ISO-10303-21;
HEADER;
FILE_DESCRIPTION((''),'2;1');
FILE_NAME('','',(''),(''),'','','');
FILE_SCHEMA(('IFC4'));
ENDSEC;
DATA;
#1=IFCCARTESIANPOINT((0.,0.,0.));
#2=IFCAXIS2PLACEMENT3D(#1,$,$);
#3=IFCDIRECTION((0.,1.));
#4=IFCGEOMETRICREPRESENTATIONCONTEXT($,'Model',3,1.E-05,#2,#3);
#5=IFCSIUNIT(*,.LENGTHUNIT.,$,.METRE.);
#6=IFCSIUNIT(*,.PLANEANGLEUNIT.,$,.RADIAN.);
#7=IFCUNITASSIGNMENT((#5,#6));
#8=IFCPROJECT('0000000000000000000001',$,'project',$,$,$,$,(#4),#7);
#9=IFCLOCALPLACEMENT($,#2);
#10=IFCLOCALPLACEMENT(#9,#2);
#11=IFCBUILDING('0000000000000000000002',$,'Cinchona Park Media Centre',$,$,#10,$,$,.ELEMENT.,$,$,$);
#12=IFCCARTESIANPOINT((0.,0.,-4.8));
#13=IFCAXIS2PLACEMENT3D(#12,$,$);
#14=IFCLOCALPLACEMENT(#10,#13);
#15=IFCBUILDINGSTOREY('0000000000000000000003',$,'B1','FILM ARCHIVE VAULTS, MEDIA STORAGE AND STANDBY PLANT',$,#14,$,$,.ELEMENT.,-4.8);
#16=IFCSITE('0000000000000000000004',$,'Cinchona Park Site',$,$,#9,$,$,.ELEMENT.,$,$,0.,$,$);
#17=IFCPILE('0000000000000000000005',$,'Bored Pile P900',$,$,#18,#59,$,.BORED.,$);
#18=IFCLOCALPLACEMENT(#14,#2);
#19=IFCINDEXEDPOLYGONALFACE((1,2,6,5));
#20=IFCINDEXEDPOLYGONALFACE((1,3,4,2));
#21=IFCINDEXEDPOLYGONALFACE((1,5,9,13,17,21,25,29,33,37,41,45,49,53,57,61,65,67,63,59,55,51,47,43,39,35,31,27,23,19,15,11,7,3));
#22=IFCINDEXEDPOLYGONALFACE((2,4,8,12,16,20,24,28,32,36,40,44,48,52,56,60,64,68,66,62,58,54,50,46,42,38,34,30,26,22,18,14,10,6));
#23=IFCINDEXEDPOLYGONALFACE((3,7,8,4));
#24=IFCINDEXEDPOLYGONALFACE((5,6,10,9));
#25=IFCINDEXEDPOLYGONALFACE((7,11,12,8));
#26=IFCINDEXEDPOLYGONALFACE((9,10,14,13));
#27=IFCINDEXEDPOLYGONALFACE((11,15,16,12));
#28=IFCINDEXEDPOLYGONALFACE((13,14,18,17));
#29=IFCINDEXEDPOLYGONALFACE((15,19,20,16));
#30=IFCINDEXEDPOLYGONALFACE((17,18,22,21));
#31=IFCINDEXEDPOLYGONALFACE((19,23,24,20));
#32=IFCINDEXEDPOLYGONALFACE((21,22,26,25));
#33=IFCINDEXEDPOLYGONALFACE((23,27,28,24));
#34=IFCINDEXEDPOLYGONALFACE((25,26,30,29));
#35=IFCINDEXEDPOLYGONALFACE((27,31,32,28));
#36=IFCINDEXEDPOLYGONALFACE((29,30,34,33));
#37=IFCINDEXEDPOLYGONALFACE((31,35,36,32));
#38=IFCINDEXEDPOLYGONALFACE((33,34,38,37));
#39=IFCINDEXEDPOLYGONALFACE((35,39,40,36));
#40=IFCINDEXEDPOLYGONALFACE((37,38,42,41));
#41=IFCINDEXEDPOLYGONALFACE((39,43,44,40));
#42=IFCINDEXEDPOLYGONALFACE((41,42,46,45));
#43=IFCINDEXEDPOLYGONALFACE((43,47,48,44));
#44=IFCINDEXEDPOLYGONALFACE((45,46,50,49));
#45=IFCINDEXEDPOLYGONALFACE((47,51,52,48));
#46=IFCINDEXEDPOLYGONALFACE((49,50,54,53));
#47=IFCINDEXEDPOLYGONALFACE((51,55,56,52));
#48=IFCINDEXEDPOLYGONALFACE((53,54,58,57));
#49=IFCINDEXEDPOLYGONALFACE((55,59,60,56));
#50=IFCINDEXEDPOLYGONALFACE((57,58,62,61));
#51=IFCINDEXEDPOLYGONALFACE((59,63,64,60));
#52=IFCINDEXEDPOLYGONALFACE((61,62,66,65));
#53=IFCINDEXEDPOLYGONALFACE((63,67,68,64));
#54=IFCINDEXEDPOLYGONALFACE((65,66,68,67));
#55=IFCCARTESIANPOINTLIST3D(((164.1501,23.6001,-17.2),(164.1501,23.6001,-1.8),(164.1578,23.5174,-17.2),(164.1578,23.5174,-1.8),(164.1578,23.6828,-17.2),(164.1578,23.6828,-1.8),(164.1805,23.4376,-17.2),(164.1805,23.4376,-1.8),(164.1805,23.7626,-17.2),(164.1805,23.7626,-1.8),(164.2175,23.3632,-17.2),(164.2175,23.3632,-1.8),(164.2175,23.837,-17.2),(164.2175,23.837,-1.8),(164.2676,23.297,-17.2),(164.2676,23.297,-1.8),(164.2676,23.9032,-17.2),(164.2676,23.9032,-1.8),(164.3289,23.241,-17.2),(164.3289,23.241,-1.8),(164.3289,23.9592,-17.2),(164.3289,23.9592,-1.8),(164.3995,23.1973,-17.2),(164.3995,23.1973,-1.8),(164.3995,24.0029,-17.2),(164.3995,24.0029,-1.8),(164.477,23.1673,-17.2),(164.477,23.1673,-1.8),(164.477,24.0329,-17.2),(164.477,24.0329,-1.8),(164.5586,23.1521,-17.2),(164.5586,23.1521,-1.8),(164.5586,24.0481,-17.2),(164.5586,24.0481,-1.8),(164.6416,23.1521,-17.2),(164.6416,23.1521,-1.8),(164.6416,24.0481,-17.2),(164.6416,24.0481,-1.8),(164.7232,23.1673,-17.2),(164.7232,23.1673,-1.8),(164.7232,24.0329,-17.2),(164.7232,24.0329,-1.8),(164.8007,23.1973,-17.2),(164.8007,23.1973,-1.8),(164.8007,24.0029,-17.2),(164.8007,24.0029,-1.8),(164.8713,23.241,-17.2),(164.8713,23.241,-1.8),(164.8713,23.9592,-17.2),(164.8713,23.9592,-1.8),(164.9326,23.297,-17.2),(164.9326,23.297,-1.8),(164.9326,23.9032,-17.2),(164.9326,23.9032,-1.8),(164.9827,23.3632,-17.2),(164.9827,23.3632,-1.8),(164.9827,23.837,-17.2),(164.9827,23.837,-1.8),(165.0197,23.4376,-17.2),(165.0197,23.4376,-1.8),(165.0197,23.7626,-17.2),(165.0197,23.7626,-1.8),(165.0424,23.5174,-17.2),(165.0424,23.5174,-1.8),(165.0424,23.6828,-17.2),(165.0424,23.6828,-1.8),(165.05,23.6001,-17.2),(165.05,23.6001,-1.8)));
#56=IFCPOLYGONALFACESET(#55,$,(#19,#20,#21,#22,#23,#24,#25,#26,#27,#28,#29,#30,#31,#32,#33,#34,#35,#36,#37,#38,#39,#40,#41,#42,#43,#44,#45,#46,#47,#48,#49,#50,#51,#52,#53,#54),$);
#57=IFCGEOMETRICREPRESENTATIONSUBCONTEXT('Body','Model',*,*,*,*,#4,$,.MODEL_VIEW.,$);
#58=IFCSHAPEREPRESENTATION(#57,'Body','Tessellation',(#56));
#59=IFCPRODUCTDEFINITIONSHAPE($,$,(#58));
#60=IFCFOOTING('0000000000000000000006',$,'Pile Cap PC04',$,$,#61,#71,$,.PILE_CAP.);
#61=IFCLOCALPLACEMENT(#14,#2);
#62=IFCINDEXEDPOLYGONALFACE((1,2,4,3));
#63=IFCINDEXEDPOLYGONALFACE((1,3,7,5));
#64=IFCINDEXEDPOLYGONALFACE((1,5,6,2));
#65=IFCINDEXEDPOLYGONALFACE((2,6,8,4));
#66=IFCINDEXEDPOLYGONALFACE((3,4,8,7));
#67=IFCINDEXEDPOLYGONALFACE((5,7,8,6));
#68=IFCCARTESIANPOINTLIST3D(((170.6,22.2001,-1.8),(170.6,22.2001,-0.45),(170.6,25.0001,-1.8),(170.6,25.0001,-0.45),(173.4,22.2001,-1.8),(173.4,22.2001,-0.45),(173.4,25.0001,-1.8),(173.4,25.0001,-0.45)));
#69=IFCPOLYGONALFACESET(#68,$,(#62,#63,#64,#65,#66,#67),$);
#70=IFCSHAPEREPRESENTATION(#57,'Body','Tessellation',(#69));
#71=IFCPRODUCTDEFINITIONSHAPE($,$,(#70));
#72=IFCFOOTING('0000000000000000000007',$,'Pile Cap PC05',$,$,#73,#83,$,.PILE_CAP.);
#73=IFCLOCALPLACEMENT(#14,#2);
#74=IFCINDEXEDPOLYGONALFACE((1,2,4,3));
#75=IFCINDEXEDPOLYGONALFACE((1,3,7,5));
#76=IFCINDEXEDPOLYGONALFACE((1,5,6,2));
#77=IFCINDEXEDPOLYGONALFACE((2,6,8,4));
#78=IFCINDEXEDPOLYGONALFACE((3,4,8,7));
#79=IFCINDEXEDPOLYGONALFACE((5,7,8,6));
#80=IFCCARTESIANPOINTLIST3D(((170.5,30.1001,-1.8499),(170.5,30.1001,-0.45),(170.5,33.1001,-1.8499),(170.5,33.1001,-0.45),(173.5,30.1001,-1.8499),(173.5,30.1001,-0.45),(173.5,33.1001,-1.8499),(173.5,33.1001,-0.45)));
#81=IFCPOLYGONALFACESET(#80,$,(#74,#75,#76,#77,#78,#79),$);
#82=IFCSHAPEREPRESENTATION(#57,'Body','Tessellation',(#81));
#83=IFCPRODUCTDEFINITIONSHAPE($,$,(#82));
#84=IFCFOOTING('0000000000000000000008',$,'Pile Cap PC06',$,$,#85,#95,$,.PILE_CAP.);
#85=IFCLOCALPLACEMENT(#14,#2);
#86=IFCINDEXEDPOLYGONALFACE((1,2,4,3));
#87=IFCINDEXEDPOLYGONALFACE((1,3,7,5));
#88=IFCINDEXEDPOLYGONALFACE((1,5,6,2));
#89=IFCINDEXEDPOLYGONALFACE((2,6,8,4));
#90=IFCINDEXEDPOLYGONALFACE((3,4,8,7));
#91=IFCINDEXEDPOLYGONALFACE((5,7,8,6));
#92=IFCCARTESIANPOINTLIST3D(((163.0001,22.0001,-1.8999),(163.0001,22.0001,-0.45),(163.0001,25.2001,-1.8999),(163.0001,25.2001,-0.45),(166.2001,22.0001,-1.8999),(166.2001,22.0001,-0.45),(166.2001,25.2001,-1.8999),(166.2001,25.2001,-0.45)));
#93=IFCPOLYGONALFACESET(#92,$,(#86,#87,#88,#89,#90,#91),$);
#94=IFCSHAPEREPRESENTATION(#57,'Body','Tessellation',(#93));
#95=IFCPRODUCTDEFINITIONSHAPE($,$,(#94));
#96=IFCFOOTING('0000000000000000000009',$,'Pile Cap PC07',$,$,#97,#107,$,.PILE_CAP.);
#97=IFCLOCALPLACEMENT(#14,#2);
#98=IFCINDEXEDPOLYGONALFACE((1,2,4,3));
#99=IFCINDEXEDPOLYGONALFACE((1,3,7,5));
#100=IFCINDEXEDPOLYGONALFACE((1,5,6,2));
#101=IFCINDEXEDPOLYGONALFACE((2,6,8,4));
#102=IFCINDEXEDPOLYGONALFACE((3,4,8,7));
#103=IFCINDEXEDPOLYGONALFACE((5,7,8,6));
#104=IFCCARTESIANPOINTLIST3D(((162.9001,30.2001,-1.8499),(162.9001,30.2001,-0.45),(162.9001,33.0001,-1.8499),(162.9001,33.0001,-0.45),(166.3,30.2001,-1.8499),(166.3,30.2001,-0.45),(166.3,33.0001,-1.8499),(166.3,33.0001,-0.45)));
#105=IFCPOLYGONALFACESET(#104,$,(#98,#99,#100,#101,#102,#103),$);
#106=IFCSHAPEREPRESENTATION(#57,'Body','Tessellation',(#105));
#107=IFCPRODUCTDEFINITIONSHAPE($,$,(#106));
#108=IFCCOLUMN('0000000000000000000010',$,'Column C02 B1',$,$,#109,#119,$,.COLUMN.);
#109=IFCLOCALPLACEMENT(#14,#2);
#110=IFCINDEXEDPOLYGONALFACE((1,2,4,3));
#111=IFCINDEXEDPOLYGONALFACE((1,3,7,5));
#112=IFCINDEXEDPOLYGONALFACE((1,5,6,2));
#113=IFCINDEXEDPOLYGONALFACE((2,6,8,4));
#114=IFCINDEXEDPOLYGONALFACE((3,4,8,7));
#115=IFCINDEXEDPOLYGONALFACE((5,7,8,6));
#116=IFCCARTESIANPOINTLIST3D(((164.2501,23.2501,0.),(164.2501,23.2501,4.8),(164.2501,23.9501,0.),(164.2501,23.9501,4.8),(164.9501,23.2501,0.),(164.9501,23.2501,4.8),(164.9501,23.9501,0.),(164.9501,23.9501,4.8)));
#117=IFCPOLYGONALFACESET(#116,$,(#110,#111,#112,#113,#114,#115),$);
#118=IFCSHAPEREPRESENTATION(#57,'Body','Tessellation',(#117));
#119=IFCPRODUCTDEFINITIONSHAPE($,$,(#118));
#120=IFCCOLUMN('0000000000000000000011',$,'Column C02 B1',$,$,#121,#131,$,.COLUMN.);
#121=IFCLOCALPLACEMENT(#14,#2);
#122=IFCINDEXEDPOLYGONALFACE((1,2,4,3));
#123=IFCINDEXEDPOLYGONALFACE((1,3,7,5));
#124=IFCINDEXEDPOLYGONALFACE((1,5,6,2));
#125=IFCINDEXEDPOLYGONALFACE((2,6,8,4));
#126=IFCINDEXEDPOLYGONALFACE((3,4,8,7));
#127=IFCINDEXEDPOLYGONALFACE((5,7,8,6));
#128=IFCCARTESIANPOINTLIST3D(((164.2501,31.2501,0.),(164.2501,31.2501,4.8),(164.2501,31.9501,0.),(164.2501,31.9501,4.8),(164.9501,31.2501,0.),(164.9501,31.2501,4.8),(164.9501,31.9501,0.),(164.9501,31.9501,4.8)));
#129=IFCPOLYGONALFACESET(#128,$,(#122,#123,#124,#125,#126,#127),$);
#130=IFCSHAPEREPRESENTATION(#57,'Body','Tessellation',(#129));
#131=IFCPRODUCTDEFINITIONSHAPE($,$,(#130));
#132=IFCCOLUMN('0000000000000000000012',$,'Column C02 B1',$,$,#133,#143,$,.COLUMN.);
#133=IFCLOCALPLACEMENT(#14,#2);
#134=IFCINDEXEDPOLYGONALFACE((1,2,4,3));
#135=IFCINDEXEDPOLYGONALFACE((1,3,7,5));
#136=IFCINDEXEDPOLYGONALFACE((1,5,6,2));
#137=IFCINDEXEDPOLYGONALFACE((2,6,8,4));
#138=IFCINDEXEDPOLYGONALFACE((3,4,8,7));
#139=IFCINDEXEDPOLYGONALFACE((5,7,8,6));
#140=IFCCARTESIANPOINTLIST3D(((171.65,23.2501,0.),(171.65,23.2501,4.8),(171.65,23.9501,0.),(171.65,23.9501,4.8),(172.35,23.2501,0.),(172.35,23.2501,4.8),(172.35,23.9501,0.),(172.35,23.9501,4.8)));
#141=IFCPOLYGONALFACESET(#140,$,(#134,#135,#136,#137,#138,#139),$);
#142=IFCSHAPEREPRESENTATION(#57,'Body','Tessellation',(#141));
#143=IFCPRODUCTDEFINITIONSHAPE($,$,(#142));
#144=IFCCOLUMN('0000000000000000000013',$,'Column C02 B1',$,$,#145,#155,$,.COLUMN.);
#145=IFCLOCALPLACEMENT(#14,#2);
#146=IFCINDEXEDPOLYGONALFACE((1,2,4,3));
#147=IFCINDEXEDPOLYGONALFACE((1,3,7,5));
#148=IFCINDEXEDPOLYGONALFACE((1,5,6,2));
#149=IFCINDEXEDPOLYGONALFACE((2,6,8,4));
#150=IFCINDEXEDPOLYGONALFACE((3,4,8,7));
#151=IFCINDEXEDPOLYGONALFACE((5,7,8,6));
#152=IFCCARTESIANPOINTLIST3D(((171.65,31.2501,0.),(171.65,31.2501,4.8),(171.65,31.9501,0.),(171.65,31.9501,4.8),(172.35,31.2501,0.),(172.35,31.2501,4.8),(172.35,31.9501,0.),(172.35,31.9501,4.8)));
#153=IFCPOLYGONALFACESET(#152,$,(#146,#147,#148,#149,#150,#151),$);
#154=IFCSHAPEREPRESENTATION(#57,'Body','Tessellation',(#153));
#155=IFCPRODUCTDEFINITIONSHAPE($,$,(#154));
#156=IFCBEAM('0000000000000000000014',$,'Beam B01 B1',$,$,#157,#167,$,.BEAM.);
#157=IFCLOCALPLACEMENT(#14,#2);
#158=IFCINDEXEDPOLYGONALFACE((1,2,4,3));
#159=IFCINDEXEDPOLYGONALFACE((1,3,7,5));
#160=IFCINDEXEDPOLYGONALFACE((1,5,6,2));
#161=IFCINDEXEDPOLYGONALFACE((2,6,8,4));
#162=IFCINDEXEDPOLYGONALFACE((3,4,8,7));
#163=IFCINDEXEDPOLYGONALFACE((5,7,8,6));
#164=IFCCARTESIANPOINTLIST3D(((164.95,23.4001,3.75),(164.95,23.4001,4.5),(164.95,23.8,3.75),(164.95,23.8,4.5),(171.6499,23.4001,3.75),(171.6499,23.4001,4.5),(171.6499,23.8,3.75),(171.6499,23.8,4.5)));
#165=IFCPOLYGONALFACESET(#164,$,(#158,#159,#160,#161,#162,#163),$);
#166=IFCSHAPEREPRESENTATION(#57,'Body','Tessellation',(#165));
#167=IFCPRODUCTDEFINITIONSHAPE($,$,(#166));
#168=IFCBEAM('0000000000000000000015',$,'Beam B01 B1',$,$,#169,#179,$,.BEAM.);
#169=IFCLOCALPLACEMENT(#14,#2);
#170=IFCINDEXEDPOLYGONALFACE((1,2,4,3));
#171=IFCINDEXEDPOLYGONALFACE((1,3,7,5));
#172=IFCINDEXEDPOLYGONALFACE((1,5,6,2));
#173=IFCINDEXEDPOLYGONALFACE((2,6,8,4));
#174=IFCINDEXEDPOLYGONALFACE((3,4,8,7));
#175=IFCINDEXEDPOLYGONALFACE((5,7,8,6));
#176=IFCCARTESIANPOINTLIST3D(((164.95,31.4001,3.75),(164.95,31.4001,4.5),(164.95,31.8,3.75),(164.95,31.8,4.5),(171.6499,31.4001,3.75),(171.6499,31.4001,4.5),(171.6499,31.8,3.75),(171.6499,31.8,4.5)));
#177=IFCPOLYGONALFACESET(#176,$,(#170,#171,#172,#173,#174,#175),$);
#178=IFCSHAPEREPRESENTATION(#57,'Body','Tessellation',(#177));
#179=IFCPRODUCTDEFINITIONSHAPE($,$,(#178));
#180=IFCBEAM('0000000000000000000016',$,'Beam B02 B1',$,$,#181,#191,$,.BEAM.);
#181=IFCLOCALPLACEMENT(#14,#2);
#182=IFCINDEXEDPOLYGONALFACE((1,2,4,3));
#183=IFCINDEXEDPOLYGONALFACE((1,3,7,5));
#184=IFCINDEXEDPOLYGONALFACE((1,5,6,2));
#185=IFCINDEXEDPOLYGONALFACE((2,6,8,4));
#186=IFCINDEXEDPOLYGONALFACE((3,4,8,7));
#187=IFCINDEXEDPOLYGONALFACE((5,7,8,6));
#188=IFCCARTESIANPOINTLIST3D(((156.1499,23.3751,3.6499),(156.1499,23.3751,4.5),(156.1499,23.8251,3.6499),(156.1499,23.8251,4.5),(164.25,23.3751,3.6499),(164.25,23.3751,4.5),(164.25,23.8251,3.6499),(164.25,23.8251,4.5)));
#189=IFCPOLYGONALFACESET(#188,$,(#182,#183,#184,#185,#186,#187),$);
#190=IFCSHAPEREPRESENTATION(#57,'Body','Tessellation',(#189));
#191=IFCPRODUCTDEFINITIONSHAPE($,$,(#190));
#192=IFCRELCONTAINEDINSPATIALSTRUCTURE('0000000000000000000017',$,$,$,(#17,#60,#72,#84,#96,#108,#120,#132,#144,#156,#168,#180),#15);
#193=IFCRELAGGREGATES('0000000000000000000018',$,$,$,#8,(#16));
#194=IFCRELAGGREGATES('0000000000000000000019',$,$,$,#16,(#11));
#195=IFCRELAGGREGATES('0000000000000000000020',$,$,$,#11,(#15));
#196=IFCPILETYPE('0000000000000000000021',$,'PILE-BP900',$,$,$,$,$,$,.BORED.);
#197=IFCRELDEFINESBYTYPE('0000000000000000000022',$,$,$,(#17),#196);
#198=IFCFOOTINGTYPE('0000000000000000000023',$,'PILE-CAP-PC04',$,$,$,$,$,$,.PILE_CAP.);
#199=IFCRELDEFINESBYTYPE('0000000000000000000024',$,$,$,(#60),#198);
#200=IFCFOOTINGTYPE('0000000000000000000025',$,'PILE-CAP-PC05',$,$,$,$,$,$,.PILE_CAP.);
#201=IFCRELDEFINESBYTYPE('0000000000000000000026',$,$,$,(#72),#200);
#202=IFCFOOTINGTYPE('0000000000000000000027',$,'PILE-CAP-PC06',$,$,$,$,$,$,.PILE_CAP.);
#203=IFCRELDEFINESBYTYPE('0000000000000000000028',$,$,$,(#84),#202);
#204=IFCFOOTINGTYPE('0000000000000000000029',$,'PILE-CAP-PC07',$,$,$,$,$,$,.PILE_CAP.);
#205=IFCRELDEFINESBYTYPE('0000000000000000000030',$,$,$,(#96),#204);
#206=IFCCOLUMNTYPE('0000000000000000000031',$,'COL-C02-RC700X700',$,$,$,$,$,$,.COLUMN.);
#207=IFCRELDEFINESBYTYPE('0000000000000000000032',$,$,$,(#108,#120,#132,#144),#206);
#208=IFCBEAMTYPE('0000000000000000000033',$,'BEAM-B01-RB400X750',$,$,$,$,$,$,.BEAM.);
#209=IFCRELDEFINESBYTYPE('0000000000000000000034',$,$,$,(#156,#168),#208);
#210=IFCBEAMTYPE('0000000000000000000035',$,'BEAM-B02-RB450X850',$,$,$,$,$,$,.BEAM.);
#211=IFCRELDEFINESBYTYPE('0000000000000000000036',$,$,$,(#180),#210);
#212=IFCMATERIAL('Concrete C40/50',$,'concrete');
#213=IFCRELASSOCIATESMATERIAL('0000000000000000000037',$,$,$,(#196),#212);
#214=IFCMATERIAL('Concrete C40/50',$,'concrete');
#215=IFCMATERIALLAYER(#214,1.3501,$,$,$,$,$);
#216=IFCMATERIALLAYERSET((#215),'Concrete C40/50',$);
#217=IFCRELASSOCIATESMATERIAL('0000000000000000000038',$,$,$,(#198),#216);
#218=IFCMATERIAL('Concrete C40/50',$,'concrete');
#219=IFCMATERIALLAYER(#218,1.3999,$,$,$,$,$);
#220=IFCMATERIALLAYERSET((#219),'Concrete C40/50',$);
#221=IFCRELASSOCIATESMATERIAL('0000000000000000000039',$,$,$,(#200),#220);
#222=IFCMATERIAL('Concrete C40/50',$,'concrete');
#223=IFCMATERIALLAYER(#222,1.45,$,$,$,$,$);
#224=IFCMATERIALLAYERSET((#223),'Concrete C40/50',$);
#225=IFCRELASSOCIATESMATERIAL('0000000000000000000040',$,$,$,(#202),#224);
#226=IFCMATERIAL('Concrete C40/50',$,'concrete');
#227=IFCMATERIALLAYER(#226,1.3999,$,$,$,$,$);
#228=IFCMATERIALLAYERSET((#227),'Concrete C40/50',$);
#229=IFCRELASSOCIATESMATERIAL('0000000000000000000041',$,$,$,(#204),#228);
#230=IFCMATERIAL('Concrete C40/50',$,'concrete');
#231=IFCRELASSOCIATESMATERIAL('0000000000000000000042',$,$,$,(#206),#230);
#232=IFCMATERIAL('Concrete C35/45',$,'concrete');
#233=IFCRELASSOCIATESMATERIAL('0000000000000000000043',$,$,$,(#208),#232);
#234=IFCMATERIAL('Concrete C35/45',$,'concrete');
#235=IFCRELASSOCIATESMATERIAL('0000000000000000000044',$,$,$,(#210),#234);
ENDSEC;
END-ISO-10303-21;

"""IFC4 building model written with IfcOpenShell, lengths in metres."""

from ifc_helpers import new_model, si_unit, direction, frame, origin, origin_2d, place, context, subcontext, project, spatial, rectangle, circle, extrude, material, layer, layer_set, material_profile, profile_set, type_object, element, save


model = new_model("IFC4")

# Units and contexts
model_context = context("Model", 3, precision=1e-05, world=origin(), true_north=direction((0.0, 1.0)))
body_context = subcontext(model_context, "Body", "Model", "MODEL_VIEW")
ifc_project = project(units=[si_unit("LENGTHUNIT", "METRE"), si_unit("PLANEANGLEUNIT", "RADIAN")], contexts=[model_context])

# Site, building, storey
site_placement = place(None, origin())
site = spatial("IfcSite", under=ifc_project, at=site_placement, Name="Cinchona Park Site", CompositionType="ELEMENT", RefElevation=0.0)
building_placement = place(site_placement, origin())
building = spatial("IfcBuilding", under=site, at=building_placement, Name="Cinchona Park Media Centre", CompositionType="ELEMENT")
storey_placement = place(building_placement, frame((0.0, 0.0, -4.8)))
storey = spatial("IfcBuildingStorey", under=building, at=storey_placement, Name="B1", Description="FILM ARCHIVE VAULTS, MEDIA STORAGE AND STANDBY PLANT", CompositionType="ELEMENT", Elevation=-4.8)

# Pile
ifc_material_1 = material(Name="Concrete C40/50", Category="concrete")
ifc_material_profile_1 = material_profile(ifc_material_1, circle(Radius=0.45, at=origin_2d()), Name="BORED PILE 900")
ifc_profile_set_1 = profile_set([ifc_material_profile_1], Name="Concrete C40/50")
pile_type_1 = type_object("IfcPileType", Name="PILE-BP900", PredefinedType="BORED", material=ifc_profile_set_1)
pile_1_placement = place(storey_placement, frame((164.6001, 23.6001, -1.8), z_axis=(0.0, 0.0, -1.0), x_axis=(1.0, 0.0, 0.0)))
element("IfcPile", 1, at=pile_1_placement, inside=storey, type_object=pile_type_1, Name="Bored Pile P900", PredefinedType="BORED", context=body_context, shape_type="SweptSolid", body=[
    extrude(circle(Radius=0.45, at=origin_2d()), origin(), (0.0, 0.0, 1.0), 15.3999),
])

# Footings
ifc_material_2 = material(Name="Concrete C40/50", Category="concrete")
ifc_layer_1 = layer(ifc_material_2, 1.3501)
ifc_layer_set_1 = layer_set([ifc_layer_1], Name="Concrete C40/50")
footing_type_1 = type_object("IfcFootingType", Name="PILE-CAP-PC04", PredefinedType="PILE_CAP", material=ifc_layer_set_1)
footing_1_placement = place(storey_placement, frame((172.0, 23.6001, -1.8), z_axis=(0.0, 0.0, 1.0), x_axis=(1.0, 0.0, 0.0)))
element("IfcFooting", 2, at=footing_1_placement, inside=storey, type_object=footing_type_1, Name="Pile Cap PC04", PredefinedType="PILE_CAP", context=body_context, shape_type="SweptSolid", body=[
    extrude(rectangle(XDim=2.8, YDim=2.8, at=origin_2d()), origin(), (0.0, 0.0, 1.0), 1.3501),
])
ifc_material_3 = material(Name="Concrete C40/50", Category="concrete")
ifc_layer_2 = layer(ifc_material_3, 1.3999)
ifc_layer_set_2 = layer_set([ifc_layer_2], Name="Concrete C40/50")
footing_type_2 = type_object("IfcFootingType", Name="PILE-CAP-PC05", PredefinedType="PILE_CAP", material=ifc_layer_set_2)
footing_2_placement = place(storey_placement, frame((172.0, 31.6001, -1.8499), z_axis=(0.0, 0.0, 1.0), x_axis=(1.0, 0.0, 0.0)))
element("IfcFooting", 3, at=footing_2_placement, inside=storey, type_object=footing_type_2, Name="Pile Cap PC05", PredefinedType="PILE_CAP", context=body_context, shape_type="SweptSolid", body=[
    extrude(rectangle(XDim=3.0, YDim=3.0, at=origin_2d()), origin(), (0.0, 0.0, 1.0), 1.3999),
])
ifc_material_4 = material(Name="Concrete C40/50", Category="concrete")
ifc_layer_3 = layer(ifc_material_4, 1.45)
ifc_layer_set_3 = layer_set([ifc_layer_3], Name="Concrete C40/50")
footing_type_3 = type_object("IfcFootingType", Name="PILE-CAP-PC06", PredefinedType="PILE_CAP", material=ifc_layer_set_3)
footing_3_placement = place(storey_placement, frame((164.6001, 23.6001, -1.8999), z_axis=(0.0, 0.0, 1.0), x_axis=(1.0, 0.0, 0.0)))
element("IfcFooting", 4, at=footing_3_placement, inside=storey, type_object=footing_type_3, Name="Pile Cap PC06", PredefinedType="PILE_CAP", context=body_context, shape_type="SweptSolid", body=[
    extrude(rectangle(XDim=3.2, YDim=3.2, at=origin_2d()), origin(), (0.0, 0.0, 1.0), 1.45),
])
ifc_material_5 = material(Name="Concrete C40/50", Category="concrete")
ifc_layer_4 = layer(ifc_material_5, 1.3999)
ifc_layer_set_4 = layer_set([ifc_layer_4], Name="Concrete C40/50")
footing_type_4 = type_object("IfcFootingType", Name="PILE-CAP-PC07", PredefinedType="PILE_CAP", material=ifc_layer_set_4)
footing_4_placement = place(storey_placement, frame((164.6001, 31.6001, -1.8499), z_axis=(0.0, 0.0, 1.0), x_axis=(1.0, 0.0, 0.0)))
element("IfcFooting", 5, at=footing_4_placement, inside=storey, type_object=footing_type_4, Name="Pile Cap PC07", PredefinedType="PILE_CAP", context=body_context, shape_type="SweptSolid", body=[
    extrude(rectangle(XDim=3.3999, YDim=2.8, at=origin_2d()), origin(), (0.0, 0.0, 1.0), 1.3999),
])

# Columns
ifc_material_6 = material(Name="Concrete C40/50", Category="concrete")
ifc_material_profile_2 = material_profile(ifc_material_6, rectangle(XDim=0.7, YDim=0.7, at=origin_2d()), Name="RC 700X700")
ifc_profile_set_2 = profile_set([ifc_material_profile_2], Name="Concrete C40/50")
column_type = type_object("IfcColumnType", Name="COL-C02-RC700X700", PredefinedType="COLUMN", material=ifc_profile_set_2)
for number, where, z_axis, x_axis, name in (
    (6, (164.6001, 23.6001, 0.0), (0.0, 0.0, 1.0), (1.0, 0.0, 0.0), "Column C02 B1"),
    (7, (164.6001, 31.6001, 0.0), (0.0, 0.0, 1.0), (1.0, 0.0, 0.0), "Column C02 B1"),
    (8, (172.0, 23.6001, 0.0), (0.0, 0.0, 1.0), (1.0, 0.0, 0.0), "Column C02 B1"),
    (9, (172.0, 31.6001, 0.0), (0.0, 0.0, 1.0), (1.0, 0.0, 0.0), "Column C02 B1"),
):
    element("IfcColumn", number, at=place(storey_placement, frame(where, z_axis=z_axis, x_axis=x_axis)), inside=storey, type_object=column_type, Name=name, PredefinedType="COLUMN", context=body_context, shape_type="SweptSolid", body=[
        extrude(rectangle(XDim=0.7, YDim=0.7, at=origin_2d()), origin(), (0.0, 0.0, 1.0), 4.8),
    ])

# Beams
ifc_material_7 = material(Name="Concrete C35/45", Category="concrete")
ifc_material_profile_3 = material_profile(ifc_material_7, rectangle(XDim=0.3999, YDim=0.75, at=origin_2d()), Name="RB 400X750")
ifc_profile_set_3 = profile_set([ifc_material_profile_3], Name="Concrete C35/45")
beam_type_1 = type_object("IfcBeamType", Name="BEAM-B01-RB400X750", PredefinedType="BEAM", material=ifc_profile_set_3)
for number, where, z_axis, x_axis, name in (
    (10, (164.95, 23.6001, 4.125), (1.0, 0.0, 0.0), (0.0, 1.0, 0.0), "Beam B01 B1"),
    (11, (164.95, 31.6001, 4.125), (1.0, 0.0, 0.0), (0.0, 1.0, 0.0), "Beam B01 B1"),
):
    element("IfcBeam", number, at=place(storey_placement, frame(where, z_axis=z_axis, x_axis=x_axis)), inside=storey, type_object=beam_type_1, Name=name, PredefinedType="BEAM", context=body_context, shape_type="SweptSolid", body=[
        extrude(rectangle(XDim=0.3999, YDim=0.75, at=origin_2d()), origin(), (0.0, 0.0, 1.0), 6.7),
    ])
ifc_material_8 = material(Name="Concrete C35/45", Category="concrete")
ifc_material_profile_4 = material_profile(ifc_material_8, rectangle(XDim=0.45, YDim=0.8501, at=origin_2d()), Name="RB 450X850")
ifc_profile_set_4 = profile_set([ifc_material_profile_4], Name="Concrete C35/45")
beam_type_2 = type_object("IfcBeamType", Name="BEAM-B02-RB450X850", PredefinedType="BEAM", material=ifc_profile_set_4)
for number, where, z_axis, x_axis, name in (
    (12, (156.1499, 23.6001, 4.075), (1.0, 0.0, 0.0), (0.0, 1.0, 0.0), "Beam B02 B1"),
):
    element("IfcBeam", number, at=place(storey_placement, frame(where, z_axis=z_axis, x_axis=x_axis)), inside=storey, type_object=beam_type_2, Name=name, PredefinedType="BEAM", context=body_context, shape_type="SweptSolid", body=[
        extrude(rectangle(XDim=0.45, YDim=0.8501, at=origin_2d()), origin(), (0.0, 0.0, 1.0), 8.1001),
    ])

save(model, "model.ifc")
